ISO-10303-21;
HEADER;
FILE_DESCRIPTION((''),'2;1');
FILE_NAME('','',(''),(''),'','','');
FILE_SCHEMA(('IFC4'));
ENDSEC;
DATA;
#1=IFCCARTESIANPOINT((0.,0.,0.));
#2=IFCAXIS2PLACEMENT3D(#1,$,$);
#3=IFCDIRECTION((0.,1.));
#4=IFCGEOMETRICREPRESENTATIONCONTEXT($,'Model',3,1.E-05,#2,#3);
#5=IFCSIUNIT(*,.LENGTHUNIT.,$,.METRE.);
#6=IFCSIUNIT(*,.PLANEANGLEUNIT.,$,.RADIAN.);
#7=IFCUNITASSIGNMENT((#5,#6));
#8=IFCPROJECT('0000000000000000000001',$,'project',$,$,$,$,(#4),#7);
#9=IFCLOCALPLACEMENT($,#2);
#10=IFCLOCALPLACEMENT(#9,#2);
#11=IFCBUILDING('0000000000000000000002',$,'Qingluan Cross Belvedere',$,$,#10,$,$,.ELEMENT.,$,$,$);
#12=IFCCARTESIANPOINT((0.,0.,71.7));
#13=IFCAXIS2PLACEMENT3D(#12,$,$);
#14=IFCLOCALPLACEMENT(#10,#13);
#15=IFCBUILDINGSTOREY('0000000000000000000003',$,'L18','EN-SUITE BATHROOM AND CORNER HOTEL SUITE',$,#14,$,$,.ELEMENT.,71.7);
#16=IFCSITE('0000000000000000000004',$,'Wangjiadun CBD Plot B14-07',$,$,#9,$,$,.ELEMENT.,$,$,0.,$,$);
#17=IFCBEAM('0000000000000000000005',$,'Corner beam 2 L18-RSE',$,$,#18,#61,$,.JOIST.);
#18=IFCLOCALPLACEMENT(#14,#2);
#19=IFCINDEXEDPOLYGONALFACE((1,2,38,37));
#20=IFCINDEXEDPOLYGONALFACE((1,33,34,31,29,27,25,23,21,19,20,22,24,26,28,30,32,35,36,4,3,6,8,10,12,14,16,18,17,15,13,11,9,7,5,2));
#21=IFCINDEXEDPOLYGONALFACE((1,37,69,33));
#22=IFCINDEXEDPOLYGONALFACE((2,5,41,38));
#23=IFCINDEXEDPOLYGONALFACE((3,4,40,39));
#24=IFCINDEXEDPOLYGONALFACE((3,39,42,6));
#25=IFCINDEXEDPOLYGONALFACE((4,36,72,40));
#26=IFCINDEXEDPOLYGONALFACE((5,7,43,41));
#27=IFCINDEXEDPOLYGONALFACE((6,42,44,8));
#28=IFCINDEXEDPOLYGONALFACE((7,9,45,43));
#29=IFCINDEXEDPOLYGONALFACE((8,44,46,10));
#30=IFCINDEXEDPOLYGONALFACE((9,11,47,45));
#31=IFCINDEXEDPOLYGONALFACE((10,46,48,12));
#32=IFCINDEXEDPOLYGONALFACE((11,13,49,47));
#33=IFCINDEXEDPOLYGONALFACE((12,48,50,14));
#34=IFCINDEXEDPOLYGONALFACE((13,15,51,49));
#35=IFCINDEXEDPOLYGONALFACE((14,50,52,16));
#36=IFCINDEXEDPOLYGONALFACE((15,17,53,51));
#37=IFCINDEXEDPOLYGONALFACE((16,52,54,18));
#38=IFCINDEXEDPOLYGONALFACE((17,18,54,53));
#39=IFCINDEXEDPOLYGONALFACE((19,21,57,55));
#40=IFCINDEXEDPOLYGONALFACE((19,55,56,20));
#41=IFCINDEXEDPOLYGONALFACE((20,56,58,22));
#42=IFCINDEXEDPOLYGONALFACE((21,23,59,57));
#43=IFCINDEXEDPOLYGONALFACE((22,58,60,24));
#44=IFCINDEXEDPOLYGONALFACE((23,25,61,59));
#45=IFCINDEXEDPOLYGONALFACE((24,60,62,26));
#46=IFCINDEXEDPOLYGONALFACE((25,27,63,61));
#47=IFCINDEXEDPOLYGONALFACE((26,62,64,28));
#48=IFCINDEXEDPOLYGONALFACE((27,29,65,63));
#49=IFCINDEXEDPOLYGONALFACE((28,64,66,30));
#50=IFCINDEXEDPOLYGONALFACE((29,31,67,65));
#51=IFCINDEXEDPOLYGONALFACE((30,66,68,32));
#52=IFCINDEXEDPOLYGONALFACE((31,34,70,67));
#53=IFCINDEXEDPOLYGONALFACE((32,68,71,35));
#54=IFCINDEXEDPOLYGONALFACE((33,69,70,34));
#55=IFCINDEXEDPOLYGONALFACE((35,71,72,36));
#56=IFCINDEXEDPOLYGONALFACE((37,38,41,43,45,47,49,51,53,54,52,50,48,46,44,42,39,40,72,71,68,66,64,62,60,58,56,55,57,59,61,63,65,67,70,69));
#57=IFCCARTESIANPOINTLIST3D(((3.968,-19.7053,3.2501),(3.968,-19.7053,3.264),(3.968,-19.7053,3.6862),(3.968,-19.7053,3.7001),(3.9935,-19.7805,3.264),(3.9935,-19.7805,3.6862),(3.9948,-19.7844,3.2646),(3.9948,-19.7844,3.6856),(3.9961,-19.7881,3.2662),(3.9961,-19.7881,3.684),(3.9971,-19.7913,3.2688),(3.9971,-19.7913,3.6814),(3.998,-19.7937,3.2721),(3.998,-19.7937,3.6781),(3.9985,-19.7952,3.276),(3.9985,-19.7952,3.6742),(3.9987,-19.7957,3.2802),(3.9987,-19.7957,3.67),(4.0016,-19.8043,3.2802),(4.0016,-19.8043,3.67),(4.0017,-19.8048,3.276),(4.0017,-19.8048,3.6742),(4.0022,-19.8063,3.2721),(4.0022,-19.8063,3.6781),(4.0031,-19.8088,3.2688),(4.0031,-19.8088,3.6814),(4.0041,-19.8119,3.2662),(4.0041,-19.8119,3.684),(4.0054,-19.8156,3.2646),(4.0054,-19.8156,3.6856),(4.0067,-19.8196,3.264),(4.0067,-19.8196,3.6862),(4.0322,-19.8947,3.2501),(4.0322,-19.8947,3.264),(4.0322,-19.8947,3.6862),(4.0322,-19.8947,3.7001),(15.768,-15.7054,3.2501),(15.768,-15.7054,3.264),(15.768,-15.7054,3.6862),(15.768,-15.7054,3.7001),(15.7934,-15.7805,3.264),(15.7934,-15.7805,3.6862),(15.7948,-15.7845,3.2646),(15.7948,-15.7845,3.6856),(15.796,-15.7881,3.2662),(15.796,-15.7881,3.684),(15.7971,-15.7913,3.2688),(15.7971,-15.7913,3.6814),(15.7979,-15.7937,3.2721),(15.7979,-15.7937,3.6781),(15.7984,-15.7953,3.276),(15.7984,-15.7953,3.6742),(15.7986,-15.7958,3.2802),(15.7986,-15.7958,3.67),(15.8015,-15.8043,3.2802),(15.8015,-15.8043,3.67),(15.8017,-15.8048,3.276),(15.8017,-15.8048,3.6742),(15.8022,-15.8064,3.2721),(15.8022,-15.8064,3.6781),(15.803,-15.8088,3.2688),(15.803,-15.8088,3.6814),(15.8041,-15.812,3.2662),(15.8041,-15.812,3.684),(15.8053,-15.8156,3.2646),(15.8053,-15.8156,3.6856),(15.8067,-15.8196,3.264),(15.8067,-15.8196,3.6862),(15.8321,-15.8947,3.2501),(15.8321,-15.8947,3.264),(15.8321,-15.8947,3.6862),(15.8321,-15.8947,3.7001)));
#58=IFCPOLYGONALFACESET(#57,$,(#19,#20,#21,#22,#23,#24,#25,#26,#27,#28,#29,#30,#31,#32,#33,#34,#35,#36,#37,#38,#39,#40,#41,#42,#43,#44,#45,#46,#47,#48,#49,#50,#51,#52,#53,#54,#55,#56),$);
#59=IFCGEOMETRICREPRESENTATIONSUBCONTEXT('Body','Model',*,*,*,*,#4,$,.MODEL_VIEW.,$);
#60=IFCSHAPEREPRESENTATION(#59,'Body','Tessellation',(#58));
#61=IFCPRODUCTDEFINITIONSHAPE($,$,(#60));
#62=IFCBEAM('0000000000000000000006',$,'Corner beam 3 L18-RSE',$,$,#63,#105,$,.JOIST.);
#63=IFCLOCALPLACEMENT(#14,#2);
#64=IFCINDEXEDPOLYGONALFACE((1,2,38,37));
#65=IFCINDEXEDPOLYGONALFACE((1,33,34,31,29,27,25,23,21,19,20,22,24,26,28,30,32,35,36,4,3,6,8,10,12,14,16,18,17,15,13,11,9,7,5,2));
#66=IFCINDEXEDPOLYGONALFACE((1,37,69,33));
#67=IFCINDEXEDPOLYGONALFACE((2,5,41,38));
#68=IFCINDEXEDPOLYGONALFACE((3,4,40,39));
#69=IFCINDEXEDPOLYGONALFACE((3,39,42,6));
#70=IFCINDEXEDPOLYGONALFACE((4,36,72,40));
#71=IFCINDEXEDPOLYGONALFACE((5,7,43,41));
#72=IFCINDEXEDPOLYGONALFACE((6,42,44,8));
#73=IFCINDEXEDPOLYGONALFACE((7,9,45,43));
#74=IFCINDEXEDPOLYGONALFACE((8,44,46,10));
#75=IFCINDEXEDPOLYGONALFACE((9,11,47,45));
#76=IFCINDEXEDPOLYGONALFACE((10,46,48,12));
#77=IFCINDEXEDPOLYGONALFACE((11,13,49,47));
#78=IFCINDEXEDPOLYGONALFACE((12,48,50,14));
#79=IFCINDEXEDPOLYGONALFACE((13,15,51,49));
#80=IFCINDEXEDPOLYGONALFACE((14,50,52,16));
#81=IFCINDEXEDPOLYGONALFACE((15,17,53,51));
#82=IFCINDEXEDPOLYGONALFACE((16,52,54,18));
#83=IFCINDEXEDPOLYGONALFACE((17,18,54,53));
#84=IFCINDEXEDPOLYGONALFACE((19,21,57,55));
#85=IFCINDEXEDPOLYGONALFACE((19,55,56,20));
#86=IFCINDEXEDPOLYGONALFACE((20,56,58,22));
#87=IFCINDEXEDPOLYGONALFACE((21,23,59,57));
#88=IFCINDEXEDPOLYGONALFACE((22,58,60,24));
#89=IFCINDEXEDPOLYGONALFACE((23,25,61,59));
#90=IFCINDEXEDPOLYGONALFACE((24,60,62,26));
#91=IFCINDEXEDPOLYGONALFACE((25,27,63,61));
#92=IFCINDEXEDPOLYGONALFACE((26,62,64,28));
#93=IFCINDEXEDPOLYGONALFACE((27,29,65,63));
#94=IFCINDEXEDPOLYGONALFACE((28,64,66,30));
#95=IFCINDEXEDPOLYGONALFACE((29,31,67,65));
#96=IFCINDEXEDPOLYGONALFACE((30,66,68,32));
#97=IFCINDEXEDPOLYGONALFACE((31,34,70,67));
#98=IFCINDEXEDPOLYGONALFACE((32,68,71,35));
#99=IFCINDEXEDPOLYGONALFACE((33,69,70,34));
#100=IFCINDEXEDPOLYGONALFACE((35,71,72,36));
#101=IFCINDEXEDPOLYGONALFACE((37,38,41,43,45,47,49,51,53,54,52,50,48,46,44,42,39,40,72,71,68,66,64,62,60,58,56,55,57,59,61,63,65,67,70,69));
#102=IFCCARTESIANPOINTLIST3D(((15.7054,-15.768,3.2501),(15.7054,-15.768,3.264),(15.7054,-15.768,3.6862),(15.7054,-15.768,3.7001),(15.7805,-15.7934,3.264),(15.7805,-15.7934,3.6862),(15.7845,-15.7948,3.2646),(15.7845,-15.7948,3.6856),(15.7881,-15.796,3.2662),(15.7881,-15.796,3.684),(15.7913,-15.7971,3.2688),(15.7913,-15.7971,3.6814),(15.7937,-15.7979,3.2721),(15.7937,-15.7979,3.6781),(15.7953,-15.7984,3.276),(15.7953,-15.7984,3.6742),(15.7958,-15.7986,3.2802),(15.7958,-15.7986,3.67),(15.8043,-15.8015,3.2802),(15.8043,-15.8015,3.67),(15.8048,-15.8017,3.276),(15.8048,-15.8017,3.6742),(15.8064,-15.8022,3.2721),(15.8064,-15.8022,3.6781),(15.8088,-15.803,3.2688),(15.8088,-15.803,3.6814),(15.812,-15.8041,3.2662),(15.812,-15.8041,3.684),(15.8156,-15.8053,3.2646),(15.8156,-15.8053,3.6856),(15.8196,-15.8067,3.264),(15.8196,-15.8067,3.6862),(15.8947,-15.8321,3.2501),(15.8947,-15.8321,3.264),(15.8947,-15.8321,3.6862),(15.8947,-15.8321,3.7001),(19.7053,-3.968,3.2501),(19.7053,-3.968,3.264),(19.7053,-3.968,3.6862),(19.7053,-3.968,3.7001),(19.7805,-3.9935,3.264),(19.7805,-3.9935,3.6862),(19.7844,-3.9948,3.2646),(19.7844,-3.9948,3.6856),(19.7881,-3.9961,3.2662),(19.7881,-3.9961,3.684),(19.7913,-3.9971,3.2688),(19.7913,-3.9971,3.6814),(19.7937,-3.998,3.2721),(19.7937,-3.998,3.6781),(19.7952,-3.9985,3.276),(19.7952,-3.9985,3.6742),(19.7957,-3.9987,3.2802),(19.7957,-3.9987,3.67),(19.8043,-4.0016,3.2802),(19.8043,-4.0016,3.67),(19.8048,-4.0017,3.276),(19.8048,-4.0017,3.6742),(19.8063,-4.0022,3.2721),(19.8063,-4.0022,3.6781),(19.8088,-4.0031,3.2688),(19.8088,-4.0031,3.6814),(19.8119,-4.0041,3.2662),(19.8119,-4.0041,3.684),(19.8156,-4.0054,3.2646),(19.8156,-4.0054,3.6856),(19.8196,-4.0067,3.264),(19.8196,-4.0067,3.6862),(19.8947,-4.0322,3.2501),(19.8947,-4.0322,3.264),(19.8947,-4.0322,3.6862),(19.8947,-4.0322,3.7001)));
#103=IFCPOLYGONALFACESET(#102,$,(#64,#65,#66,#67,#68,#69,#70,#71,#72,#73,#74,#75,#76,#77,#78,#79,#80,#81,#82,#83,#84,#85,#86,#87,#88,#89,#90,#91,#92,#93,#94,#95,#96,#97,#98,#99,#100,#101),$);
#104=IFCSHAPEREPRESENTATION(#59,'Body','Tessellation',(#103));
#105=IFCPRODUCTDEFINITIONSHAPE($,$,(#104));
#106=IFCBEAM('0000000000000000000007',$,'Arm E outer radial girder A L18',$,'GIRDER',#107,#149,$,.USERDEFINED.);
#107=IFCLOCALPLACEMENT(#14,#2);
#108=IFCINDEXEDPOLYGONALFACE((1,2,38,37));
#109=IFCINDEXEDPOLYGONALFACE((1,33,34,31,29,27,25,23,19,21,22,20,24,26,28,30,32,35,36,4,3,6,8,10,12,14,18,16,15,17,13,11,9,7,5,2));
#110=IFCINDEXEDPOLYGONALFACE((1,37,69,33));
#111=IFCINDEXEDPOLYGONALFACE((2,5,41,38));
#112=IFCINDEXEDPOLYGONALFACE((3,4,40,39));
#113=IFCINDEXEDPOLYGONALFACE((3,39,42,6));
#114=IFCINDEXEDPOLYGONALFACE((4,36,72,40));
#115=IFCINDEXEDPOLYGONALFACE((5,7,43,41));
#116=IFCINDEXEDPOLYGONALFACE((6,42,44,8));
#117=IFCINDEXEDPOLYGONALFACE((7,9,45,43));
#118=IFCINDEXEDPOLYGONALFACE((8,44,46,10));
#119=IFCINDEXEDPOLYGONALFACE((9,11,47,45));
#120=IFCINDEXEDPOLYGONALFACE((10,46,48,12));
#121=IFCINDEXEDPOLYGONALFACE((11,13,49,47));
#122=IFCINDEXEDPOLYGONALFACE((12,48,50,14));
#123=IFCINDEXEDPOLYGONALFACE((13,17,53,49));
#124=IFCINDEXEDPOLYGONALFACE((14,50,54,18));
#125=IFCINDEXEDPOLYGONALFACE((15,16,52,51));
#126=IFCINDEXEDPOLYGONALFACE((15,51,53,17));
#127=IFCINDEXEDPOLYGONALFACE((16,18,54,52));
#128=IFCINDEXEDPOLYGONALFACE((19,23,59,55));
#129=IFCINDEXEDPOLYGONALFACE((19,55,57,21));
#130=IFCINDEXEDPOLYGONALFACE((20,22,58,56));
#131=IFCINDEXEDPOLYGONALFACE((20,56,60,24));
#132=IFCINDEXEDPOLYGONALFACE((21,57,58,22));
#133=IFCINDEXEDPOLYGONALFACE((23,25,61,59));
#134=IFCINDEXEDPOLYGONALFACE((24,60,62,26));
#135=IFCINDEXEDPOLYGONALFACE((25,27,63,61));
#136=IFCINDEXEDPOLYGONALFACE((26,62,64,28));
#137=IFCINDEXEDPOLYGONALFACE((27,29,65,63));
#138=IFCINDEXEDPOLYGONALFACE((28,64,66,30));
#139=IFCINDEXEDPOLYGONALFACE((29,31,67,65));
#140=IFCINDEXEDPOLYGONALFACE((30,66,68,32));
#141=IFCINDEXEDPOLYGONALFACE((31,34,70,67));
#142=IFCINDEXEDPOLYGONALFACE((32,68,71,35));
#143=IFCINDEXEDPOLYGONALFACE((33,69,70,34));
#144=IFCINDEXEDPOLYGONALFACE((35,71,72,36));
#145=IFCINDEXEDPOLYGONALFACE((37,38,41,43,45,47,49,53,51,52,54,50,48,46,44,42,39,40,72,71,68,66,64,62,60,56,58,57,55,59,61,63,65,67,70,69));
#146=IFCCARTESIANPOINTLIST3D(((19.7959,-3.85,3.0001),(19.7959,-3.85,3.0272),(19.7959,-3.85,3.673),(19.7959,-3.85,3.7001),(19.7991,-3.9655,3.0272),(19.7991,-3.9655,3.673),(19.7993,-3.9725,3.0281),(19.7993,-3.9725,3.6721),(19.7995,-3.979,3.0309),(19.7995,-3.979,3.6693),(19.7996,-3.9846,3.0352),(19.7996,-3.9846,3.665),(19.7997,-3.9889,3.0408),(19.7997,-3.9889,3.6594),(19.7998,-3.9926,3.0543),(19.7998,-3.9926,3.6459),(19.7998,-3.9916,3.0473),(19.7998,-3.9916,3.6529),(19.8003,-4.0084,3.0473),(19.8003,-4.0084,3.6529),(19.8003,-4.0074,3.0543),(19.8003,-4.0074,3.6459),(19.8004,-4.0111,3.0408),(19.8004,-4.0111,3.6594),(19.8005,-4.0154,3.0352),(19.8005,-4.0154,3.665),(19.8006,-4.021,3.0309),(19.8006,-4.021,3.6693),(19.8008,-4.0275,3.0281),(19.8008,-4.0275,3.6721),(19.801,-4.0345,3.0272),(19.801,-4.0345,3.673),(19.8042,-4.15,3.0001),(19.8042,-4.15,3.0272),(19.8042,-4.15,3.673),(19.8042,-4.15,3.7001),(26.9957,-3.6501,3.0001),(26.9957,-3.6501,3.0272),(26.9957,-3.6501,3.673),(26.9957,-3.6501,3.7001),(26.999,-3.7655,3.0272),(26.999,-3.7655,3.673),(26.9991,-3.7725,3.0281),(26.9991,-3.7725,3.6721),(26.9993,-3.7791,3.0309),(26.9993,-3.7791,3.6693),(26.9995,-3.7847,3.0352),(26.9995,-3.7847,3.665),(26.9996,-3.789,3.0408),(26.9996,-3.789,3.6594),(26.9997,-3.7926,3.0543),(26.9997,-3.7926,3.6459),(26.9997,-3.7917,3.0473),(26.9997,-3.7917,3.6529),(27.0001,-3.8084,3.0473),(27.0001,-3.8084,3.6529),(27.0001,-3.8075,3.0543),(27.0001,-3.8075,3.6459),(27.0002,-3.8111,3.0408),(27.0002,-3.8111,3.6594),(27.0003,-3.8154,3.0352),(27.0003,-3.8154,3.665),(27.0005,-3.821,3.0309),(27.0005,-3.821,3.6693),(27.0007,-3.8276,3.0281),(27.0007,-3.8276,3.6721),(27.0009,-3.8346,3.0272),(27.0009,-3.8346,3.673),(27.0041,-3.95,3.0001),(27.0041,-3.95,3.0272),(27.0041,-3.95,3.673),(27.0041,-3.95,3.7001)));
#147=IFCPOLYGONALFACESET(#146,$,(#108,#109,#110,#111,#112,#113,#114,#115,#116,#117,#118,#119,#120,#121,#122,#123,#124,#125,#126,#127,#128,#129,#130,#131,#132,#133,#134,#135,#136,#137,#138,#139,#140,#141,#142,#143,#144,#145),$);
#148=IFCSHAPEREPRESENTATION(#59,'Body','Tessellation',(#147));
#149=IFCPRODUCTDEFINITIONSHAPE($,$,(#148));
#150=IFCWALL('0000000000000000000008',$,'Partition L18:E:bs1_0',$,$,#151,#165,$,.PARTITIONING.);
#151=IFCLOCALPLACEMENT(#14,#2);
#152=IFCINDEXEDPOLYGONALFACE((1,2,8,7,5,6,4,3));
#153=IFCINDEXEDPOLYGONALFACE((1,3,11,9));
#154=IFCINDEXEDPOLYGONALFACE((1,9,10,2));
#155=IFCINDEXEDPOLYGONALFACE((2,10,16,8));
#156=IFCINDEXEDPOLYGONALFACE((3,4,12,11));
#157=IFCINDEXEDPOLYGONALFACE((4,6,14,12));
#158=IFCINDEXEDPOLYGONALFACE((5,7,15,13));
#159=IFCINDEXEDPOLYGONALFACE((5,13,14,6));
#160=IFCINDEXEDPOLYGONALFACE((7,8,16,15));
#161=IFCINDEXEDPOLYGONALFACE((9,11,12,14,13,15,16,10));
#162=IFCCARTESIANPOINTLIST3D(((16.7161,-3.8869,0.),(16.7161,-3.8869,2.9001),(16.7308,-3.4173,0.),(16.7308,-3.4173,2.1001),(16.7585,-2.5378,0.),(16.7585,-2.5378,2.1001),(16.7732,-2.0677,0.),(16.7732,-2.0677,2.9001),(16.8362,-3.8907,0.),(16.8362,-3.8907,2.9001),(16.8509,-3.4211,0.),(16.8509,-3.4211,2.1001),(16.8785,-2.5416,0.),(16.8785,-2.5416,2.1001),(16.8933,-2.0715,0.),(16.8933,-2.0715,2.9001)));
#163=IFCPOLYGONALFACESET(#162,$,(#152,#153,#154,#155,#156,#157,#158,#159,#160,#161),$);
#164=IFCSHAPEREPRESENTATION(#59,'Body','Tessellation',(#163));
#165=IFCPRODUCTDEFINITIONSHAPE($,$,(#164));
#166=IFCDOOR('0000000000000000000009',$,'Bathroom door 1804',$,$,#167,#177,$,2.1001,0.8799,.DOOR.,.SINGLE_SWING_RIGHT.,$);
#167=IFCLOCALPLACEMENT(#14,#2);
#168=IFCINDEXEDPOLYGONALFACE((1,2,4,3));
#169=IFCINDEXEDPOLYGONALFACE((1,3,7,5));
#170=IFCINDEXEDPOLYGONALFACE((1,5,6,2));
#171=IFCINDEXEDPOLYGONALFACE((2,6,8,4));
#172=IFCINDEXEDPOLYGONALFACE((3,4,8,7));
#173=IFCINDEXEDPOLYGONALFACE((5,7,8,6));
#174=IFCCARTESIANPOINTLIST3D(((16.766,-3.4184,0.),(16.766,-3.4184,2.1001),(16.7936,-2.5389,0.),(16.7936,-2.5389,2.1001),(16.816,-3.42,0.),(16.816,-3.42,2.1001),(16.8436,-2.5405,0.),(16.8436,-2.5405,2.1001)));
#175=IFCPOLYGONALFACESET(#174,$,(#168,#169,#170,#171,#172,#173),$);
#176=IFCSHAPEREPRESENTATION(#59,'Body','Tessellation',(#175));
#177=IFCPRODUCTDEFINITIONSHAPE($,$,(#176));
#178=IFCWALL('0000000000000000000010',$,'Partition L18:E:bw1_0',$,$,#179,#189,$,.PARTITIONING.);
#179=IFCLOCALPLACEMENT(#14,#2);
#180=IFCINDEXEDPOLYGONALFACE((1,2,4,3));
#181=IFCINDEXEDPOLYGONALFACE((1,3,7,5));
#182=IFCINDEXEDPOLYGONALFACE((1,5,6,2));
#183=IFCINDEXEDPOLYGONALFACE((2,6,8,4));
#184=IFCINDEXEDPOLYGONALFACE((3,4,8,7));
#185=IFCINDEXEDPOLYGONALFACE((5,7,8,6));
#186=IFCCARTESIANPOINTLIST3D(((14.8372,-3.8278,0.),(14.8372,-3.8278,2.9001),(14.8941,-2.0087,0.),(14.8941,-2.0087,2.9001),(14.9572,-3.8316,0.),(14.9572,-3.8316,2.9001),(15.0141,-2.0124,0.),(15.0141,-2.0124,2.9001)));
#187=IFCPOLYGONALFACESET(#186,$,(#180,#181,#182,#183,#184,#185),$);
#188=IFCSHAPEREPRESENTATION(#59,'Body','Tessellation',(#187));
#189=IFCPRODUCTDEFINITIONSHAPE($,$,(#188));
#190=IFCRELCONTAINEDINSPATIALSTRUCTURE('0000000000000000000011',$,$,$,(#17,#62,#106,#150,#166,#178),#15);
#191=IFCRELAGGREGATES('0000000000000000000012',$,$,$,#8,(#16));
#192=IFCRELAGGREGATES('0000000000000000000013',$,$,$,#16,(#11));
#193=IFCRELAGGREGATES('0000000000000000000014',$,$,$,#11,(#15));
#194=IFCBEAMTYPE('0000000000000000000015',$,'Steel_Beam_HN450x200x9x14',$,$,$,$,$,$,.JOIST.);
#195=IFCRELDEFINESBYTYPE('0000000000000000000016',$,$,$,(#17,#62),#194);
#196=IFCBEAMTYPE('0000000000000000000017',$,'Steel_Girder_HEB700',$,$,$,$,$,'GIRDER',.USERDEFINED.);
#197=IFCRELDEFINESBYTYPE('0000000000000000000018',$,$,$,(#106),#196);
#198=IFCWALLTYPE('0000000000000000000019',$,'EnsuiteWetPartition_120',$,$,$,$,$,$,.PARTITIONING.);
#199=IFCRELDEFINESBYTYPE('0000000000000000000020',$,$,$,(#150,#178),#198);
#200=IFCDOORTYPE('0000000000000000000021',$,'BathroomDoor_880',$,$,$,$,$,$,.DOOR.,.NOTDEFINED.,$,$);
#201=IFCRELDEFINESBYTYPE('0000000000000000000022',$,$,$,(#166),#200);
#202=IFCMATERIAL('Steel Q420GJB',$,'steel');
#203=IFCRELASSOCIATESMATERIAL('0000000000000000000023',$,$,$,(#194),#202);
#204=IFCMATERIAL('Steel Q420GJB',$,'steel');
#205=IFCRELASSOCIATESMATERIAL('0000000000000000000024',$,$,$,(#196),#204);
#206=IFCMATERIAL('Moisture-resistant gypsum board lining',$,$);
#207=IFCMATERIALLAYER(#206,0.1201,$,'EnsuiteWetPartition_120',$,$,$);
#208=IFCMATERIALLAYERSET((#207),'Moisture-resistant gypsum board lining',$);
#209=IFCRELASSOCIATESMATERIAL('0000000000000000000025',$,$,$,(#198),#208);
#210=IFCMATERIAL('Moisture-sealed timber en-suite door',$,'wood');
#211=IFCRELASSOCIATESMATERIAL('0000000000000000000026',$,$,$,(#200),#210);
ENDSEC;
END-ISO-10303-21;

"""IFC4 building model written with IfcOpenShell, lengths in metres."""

from ifc_helpers import new_model, si_unit, direction, frame, frame_2d, origin, origin_2d, place, context, subcontext, project, spatial, rectangle, i_section, extrude, material, layer, layer_set, material_profile, profile_set, type_object, element, fill, save


model = new_model("IFC4")

# Units and contexts
model_context = context("Model", 3, precision=1e-05, world=origin(), true_north=direction((0.0, 1.0)))
body_context = subcontext(model_context, "Body", "Model", "MODEL_VIEW")
ifc_project = project(units=[si_unit("LENGTHUNIT", "METRE"), si_unit("PLANEANGLEUNIT", "RADIAN")], contexts=[model_context])

# Site, building, storey
site_placement = place(None, origin())
site = spatial("IfcSite", under=ifc_project, at=site_placement, Name="Wangjiadun CBD Plot B14-07", CompositionType="ELEMENT", RefElevation=0.0)
building_placement = place(site_placement, origin())
building = spatial("IfcBuilding", under=site, at=building_placement, Name="Qingluan Cross Belvedere", CompositionType="ELEMENT")
storey_placement = place(building_placement, frame((0.0, 0.0, 71.7)))
storey = spatial("IfcBuildingStorey", under=building, at=storey_placement, Name="L18", Description="EN-SUITE BATHROOM AND CORNER HOTEL SUITE", CompositionType="ELEMENT", Elevation=71.7)

# Beams
ifc_material_1 = material(Name="Steel Q420GJB", Category="steel")
ifc_material_profile_1 = material_profile(ifc_material_1, i_section(OverallWidth=0.2, OverallDepth=0.45, WebThickness=0.009, FlangeThickness=0.0139, FilletRadius=0.0161, at=origin_2d()), Name="HN450x200x9x14")
ifc_profile_set_1 = profile_set([ifc_material_profile_1], Name="Steel Q420GJB")
beam_type_1 = type_object("IfcBeamType", Name="Steel_Beam_HN450x200x9x14", PredefinedType="JOIST", material=ifc_profile_set_1)
for number, where, z_axis, x_axis, name in (
    (1, (15.8, -15.8, 3.4751), (-0.947066, -0.321038, 0.0), (0.321038, -0.947066, 0.0), "Corner beam 2 L18-RSE"),
    (2, (15.8, -15.8, 3.4751), (0.321038, 0.947066, 0.0), (-0.947066, 0.321038, 0.0), "Corner beam 3 L18-RSE"),
):
    element("IfcBeam", number, at=place(storey_placement, frame(where, z_axis=z_axis, x_axis=x_axis)), inside=storey, type_object=beam_type_1, Name=name, PredefinedType="JOIST", context=body_context, shape_type="SweptSolid", body=[
        extrude(i_section(OverallWidth=0.2, OverallDepth=0.45, WebThickness=0.009, FlangeThickness=0.0139, FilletRadius=0.0161, at=origin_2d()), origin(), (0.0, 0.0, 1.0), 12.4595),
    ])
ifc_material_2 = material(Name="Steel Q420GJB", Category="steel")
ifc_material_profile_2 = material_profile(ifc_material_2, i_section(OverallWidth=0.3, OverallDepth=0.7, WebThickness=0.0149, FlangeThickness=0.0271, FilletRadius=0.0271, at=origin_2d()), Name="HEB700")
ifc_profile_set_2 = profile_set([ifc_material_profile_2], Name="Steel Q420GJB")
beam_type_2 = type_object("IfcBeamType", Name="Steel_Girder_HEB700", ElementType="GIRDER", PredefinedType="USERDEFINED", material=ifc_profile_set_2)
beam_1_placement = place(storey_placement, frame((19.8, -4.0, 3.3501), z_axis=(0.999615, 0.02776, 0.0), x_axis=(-0.02776, 0.999615, 0.0)))
element("IfcBeam", 3, at=beam_1_placement, inside=storey, type_object=beam_type_2, Name="Arm E outer radial girder A L18", ObjectType="GIRDER", PredefinedType="USERDEFINED", context=body_context, shape_type="SweptSolid", body=[
    extrude(i_section(OverallWidth=0.3, OverallDepth=0.7, WebThickness=0.0149, FlangeThickness=0.0271, FilletRadius=0.0271, at=origin_2d()), origin(), (0.0, 0.0, 1.0), 7.2026),
])

# Wall, opening, door
ifc_material_3 = material(Name="Moisture-resistant gypsum board lining")
ifc_layer_1 = layer(ifc_material_3, 0.1201, Name="EnsuiteWetPartition_120")
ifc_layer_set_1 = layer_set([ifc_layer_1], Name="Moisture-resistant gypsum board lining")
wall_type_1 = type_object("IfcWallType", Name="EnsuiteWetPartition_120", PredefinedType="PARTITIONING", material=ifc_layer_set_1)
wall_1_placement = place(storey_placement, frame((16.7761, -3.8889, 0.0), z_axis=(0.0, 0.0, 1.0), x_axis=(0.03139, 0.999507, 0.0)))
wall_1 = element("IfcWall", 4, at=wall_1_placement, inside=storey, type_object=wall_type_1, Name="Partition L18:E:bs1_0", PredefinedType="PARTITIONING", context=body_context, shape_type="SweptSolid", body=[
    extrude(rectangle(XDim=1.8201, YDim=0.1201, at=frame_2d((0.9102, 0.0))), origin(), (0.0, 0.0, 1.0), 2.9001),
])
opening_1_placement = place(wall_1_placement, frame((0.47, 0.0, 0.0)))
opening_1 = element("IfcOpeningElement", 5, at=opening_1_placement, cuts=wall_1, PredefinedType="OPENING", context=body_context, shape_type="SweptSolid", body=[
    extrude(rectangle(XDim=0.8799, YDim=2.1001, at=frame_2d((0.4399, 1.05))), frame((0.0, 0.0701, 0.0), z_axis=(0.0, -1.0, 0.0), x_axis=(1.0, 0.0, 0.0)), (0.0, 0.0, 1.0), 0.1401),
])
ifc_material_4 = material(Name="Moisture-sealed timber en-suite door", Category="wood")
door_type = type_object("IfcDoorType", Name="BathroomDoor_880", OperationType="NOTDEFINED", PredefinedType="DOOR", material=ifc_material_4)
door_1_placement = place(opening_1_placement, origin())
door_1 = element("IfcDoor", 6, at=door_1_placement, inside=storey, type_object=door_type, Name="Bathroom door 1804", OperationType="SINGLE_SWING_RIGHT", OverallHeight=2.1001, OverallWidth=0.8799, PredefinedType="DOOR", context=body_context, shape_type="SweptSolid", body=[
    extrude(rectangle(XDim=0.8799, YDim=2.1001, at=frame_2d((0.4399, 1.05))), frame((0.0, 0.0249, 0.0), z_axis=(0.0, -1.0, 0.0), x_axis=(1.0, 0.0, 0.0)), (0.0, 0.0, 1.0), 0.05),
])
fill(opening_1, door_1)

# Wall
wall_2_placement = place(storey_placement, frame((14.8972, -3.8298, 0.0), z_axis=(0.0, 0.0, 1.0), x_axis=(0.031256, 0.999511, 0.0)))
element("IfcWall", 7, at=wall_2_placement, inside=storey, type_object=wall_type_1, Name="Partition L18:E:bw1_0", PredefinedType="PARTITIONING", context=body_context, shape_type="SweptSolid", body=[
    extrude(rectangle(XDim=1.8201, YDim=0.1201, at=frame_2d((0.9102, 0.0))), origin(), (0.0, 0.0, 1.0), 2.9001),
])

save(model, "model.ifc")
